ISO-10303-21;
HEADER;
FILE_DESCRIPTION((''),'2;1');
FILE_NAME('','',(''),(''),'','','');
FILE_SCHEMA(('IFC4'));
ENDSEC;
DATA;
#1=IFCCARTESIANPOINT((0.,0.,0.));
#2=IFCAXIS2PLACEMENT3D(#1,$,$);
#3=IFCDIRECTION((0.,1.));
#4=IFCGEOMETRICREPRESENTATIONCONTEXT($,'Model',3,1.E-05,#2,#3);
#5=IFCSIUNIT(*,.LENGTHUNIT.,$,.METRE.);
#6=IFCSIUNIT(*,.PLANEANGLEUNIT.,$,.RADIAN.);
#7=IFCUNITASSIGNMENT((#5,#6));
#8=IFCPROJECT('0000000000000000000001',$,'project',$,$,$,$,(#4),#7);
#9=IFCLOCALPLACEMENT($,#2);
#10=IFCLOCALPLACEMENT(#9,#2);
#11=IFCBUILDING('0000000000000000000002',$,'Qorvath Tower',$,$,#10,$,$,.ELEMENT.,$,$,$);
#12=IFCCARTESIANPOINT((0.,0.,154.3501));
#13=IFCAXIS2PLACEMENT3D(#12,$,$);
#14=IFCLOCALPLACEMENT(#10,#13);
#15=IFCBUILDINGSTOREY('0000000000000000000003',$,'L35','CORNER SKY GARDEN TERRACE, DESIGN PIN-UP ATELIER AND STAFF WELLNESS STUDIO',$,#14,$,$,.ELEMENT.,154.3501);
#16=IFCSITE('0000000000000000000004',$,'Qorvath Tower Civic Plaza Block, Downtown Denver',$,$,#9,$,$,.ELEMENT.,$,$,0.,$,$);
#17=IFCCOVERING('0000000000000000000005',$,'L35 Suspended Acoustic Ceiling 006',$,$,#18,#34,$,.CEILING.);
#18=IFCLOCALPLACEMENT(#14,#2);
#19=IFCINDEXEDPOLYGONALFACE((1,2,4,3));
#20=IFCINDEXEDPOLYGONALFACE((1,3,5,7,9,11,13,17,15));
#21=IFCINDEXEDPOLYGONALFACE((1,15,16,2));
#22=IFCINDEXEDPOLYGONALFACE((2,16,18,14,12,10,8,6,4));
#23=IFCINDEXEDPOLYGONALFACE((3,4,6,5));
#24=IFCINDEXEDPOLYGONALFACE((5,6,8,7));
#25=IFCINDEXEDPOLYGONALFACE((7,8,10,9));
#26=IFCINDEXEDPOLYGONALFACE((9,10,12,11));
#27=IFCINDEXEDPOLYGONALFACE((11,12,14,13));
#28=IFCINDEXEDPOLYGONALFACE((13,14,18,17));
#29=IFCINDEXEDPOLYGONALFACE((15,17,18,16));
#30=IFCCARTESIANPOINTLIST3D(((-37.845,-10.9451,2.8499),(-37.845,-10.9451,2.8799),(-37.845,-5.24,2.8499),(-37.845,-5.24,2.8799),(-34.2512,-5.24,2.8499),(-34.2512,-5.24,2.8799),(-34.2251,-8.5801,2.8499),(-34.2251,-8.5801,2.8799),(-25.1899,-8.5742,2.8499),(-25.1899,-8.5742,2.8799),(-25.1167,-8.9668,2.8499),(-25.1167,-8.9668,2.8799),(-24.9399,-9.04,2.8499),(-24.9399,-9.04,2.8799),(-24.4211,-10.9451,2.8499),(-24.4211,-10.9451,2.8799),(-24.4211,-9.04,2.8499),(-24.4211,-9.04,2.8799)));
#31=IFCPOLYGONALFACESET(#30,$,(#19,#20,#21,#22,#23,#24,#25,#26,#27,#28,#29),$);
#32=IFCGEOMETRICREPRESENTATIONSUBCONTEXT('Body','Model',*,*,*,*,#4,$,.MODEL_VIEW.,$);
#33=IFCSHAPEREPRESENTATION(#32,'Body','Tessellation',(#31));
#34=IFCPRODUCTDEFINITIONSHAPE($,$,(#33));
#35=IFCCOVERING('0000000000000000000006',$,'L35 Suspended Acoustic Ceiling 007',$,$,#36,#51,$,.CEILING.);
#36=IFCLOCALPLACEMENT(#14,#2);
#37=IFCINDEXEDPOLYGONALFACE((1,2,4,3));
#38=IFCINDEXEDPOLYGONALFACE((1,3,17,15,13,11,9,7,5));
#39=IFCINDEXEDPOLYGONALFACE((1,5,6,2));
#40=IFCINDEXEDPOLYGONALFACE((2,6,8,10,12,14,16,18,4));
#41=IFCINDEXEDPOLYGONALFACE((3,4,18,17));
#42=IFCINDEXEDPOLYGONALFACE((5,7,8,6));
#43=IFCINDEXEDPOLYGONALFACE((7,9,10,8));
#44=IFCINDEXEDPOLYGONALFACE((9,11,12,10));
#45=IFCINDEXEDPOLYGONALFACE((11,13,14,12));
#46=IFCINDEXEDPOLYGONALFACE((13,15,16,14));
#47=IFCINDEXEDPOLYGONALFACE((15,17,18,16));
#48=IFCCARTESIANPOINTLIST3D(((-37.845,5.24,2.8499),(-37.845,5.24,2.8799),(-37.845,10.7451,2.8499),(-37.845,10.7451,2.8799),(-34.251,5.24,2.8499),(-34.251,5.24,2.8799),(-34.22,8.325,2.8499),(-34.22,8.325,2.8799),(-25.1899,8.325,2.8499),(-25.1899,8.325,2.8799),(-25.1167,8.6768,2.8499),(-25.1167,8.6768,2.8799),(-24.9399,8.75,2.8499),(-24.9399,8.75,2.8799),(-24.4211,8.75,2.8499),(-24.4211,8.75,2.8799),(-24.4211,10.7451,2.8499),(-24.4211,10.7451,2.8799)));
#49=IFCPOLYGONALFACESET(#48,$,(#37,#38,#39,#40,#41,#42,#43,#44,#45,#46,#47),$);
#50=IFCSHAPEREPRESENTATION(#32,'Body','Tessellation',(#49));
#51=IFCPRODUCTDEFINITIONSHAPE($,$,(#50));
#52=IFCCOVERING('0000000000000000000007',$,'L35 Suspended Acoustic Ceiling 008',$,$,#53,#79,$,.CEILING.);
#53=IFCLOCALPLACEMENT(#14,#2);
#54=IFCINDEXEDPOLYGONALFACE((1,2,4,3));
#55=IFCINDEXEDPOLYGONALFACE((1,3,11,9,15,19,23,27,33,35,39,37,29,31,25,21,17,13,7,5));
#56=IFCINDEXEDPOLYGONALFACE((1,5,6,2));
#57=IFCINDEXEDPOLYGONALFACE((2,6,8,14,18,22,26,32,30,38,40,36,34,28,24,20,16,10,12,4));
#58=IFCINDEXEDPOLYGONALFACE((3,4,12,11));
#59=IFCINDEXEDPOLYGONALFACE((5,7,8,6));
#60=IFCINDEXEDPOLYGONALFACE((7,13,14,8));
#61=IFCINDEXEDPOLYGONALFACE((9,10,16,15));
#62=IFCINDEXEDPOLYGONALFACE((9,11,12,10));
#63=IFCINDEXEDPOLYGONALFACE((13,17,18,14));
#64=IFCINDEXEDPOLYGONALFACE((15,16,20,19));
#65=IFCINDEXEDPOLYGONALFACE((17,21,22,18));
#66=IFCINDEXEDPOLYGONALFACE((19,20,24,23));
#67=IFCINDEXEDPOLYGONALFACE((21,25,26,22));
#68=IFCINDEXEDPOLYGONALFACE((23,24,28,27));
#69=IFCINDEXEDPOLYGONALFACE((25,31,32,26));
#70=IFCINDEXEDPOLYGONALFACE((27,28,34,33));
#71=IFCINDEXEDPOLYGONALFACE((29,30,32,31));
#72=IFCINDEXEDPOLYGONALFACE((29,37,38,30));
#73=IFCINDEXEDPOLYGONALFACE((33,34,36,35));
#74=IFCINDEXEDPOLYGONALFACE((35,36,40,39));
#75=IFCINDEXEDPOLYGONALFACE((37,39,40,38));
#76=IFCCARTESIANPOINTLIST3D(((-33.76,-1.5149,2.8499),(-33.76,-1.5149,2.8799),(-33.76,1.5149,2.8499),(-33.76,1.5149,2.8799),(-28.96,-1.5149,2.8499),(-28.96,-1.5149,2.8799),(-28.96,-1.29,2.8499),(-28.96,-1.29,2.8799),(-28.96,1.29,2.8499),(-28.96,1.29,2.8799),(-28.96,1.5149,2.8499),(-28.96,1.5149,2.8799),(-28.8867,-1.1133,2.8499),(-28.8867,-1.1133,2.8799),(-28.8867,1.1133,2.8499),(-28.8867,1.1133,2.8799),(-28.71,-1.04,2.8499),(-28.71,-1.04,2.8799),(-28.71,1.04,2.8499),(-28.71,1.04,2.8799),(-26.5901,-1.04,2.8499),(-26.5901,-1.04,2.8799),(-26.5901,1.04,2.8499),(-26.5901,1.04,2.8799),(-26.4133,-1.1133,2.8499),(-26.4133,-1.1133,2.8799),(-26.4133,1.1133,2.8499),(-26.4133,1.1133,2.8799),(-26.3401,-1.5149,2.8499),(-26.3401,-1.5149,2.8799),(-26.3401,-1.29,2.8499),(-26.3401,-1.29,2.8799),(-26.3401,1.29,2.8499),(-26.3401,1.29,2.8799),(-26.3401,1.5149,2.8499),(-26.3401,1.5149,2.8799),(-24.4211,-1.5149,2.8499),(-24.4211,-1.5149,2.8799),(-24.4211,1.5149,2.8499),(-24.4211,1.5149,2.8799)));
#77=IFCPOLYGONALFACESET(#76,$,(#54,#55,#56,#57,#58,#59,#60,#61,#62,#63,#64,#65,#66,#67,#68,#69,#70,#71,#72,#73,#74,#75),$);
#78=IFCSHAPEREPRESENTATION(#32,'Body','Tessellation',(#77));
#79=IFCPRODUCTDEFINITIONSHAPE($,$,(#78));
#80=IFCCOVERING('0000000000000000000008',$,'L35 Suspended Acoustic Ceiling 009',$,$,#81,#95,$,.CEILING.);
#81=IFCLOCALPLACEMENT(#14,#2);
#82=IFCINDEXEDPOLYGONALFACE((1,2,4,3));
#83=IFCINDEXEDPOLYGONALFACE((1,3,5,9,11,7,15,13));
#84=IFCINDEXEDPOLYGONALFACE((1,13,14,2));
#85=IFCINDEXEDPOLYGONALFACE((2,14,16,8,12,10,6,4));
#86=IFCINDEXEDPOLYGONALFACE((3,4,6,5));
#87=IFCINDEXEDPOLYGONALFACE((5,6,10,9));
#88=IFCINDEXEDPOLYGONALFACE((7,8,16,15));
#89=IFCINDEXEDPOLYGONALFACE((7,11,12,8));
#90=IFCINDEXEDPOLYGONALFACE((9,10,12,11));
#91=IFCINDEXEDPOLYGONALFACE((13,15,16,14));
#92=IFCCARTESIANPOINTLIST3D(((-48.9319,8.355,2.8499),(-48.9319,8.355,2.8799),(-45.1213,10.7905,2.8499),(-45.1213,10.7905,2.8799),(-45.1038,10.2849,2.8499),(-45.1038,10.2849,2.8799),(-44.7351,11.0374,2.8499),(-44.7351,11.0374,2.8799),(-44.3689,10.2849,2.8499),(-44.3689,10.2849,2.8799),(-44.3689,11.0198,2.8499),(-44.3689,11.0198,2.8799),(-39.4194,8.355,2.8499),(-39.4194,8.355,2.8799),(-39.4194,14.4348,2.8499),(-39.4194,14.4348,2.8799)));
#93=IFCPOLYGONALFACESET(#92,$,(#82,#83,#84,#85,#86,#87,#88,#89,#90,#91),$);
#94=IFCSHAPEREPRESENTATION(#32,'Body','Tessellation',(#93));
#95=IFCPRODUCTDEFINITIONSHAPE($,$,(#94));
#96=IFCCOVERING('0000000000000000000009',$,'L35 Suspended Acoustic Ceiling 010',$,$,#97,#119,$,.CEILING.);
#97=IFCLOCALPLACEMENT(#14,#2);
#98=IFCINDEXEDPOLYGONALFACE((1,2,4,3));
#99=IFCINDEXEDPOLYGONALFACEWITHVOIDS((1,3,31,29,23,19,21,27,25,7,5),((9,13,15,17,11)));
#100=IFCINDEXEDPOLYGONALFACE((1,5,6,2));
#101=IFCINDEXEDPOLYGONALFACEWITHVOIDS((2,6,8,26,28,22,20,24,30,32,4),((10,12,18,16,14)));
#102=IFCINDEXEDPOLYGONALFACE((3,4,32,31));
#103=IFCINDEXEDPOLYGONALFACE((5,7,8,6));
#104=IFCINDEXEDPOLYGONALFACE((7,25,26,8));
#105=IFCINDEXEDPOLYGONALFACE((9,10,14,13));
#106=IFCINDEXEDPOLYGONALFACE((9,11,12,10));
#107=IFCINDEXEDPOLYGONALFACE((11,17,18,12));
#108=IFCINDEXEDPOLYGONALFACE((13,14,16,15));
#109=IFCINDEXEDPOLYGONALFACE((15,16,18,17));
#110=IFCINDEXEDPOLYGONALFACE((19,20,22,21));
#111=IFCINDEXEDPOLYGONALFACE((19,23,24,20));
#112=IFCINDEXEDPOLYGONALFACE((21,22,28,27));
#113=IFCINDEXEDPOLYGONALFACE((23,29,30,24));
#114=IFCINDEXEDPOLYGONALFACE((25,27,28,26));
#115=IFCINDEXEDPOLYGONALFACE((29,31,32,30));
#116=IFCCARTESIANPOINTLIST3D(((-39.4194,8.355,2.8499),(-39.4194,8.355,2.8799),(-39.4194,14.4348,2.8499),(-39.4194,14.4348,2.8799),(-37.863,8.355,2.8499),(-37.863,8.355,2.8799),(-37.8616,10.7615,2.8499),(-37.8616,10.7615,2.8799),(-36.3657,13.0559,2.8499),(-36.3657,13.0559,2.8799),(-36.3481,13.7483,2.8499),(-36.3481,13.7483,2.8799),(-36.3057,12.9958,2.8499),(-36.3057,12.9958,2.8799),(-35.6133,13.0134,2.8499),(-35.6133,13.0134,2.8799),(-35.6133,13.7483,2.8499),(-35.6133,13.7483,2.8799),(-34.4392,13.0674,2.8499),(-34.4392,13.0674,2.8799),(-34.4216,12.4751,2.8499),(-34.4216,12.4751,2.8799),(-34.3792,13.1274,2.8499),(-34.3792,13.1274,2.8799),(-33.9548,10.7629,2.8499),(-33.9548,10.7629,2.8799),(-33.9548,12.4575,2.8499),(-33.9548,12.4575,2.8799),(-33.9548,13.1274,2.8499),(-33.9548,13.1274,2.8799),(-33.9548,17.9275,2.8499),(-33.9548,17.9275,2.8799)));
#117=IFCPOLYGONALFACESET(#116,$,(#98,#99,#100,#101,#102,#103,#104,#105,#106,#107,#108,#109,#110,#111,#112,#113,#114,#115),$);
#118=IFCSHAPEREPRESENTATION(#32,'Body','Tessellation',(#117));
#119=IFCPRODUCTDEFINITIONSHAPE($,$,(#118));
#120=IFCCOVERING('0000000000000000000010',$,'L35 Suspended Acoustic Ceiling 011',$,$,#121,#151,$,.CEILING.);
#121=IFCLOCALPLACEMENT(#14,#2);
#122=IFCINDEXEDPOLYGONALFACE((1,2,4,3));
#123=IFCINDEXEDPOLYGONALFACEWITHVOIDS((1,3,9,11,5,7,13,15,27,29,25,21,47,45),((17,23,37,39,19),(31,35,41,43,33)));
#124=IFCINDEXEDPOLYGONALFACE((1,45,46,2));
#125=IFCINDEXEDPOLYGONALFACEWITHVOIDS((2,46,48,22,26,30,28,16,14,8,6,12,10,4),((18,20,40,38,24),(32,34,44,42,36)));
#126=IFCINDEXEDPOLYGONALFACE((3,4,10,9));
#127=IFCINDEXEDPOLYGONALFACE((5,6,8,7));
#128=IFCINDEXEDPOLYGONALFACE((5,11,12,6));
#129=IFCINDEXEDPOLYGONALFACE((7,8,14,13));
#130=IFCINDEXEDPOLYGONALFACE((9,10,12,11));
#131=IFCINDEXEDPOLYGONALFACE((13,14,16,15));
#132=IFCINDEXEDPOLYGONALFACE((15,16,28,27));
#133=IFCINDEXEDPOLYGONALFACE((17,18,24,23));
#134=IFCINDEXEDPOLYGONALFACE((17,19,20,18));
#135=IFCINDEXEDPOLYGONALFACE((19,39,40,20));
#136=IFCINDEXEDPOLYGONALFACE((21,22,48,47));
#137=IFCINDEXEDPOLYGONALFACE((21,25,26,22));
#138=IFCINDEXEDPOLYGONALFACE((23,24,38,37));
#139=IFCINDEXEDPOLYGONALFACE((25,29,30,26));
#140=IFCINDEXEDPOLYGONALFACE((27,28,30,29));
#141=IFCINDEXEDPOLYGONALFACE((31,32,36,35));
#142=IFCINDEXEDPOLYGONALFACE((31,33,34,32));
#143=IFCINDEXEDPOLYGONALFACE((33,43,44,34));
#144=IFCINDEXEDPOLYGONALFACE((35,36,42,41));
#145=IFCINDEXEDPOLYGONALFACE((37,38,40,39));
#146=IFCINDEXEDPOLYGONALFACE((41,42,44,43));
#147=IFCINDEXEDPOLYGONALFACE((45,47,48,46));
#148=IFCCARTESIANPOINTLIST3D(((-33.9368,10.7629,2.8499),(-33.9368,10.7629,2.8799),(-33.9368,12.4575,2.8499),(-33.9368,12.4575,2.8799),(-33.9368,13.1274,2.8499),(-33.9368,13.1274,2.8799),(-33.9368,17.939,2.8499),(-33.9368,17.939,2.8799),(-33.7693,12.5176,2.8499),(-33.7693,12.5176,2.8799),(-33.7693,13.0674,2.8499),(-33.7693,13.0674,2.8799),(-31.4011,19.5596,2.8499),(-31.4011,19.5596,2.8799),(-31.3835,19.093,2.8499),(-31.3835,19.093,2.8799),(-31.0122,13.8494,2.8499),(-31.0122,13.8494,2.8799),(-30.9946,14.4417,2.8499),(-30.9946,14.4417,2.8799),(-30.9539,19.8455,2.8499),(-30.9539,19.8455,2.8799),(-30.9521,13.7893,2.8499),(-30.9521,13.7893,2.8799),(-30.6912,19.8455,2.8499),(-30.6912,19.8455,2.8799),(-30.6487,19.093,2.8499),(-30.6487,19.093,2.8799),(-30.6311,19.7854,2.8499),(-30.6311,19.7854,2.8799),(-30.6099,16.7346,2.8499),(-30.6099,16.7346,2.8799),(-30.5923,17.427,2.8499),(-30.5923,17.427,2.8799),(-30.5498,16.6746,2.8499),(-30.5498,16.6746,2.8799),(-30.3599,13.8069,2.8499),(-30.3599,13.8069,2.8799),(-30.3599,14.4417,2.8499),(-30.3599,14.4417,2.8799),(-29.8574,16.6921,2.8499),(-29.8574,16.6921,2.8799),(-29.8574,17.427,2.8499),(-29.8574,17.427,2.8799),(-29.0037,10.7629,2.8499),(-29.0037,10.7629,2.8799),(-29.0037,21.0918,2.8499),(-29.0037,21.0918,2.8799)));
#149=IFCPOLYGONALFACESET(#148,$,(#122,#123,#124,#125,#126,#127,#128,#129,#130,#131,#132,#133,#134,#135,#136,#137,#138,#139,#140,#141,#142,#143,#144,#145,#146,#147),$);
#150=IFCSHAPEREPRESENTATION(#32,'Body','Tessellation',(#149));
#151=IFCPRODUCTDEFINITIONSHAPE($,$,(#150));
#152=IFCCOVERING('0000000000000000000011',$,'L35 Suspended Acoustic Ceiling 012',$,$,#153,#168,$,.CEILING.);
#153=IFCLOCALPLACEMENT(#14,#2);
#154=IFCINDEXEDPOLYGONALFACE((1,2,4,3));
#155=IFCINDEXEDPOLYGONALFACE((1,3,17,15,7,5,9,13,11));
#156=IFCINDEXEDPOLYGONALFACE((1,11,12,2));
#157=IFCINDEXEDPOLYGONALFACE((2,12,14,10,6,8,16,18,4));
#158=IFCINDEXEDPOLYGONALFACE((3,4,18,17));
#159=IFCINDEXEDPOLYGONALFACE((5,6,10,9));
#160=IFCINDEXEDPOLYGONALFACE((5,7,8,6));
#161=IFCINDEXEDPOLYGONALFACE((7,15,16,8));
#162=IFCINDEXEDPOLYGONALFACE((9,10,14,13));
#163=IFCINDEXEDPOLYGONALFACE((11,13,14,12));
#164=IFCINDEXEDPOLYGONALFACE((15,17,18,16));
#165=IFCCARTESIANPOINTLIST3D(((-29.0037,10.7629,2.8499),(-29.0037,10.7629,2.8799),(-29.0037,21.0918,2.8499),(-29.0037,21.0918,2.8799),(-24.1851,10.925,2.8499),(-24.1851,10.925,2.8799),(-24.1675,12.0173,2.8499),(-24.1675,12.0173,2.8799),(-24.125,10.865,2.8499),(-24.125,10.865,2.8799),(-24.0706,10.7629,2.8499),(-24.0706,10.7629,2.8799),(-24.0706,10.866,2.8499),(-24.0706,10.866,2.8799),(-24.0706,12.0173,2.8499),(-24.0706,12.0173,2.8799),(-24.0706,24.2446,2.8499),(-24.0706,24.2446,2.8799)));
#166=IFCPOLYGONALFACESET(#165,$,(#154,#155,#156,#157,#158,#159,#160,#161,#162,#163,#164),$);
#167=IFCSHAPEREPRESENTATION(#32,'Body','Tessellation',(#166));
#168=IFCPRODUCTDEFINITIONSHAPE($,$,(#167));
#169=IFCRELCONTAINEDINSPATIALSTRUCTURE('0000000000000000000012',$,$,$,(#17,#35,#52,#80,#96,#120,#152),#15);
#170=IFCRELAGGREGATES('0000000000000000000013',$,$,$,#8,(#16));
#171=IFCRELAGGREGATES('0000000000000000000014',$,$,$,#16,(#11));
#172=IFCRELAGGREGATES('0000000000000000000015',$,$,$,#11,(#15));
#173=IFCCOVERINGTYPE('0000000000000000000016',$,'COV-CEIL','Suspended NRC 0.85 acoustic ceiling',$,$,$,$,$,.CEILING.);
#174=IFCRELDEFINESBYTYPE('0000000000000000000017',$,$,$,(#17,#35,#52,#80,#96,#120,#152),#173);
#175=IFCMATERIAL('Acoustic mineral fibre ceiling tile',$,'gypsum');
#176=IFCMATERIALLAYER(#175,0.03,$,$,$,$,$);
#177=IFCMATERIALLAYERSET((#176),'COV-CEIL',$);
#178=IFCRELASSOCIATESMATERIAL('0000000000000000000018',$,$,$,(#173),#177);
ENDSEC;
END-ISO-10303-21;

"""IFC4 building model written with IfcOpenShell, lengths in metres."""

from ifc_helpers import new_model, si_unit, direction, frame, origin, place, context, subcontext, project, spatial, polyline, outline, extrude, material, layer, layer_set, type_object, element, save


model = new_model("IFC4")

# Units and contexts
model_context = context("Model", 3, precision=1e-05, world=origin(), true_north=direction((0.0, 1.0)))
body_context = subcontext(model_context, "Body", "Model", "MODEL_VIEW")
ifc_project = project(units=[si_unit("LENGTHUNIT", "METRE"), si_unit("PLANEANGLEUNIT", "RADIAN")], contexts=[model_context])

# Site, building, storey
site_placement = place(None, origin())
site = spatial("IfcSite", under=ifc_project, at=site_placement, Name="Qorvath Tower Civic Plaza Block, Downtown Denver", CompositionType="ELEMENT", RefElevation=0.0)
building_placement = place(site_placement, origin())
building = spatial("IfcBuilding", under=site, at=building_placement, Name="Qorvath Tower", CompositionType="ELEMENT")
storey_placement = place(building_placement, frame((0.0, 0.0, 154.3501)))
storey = spatial("IfcBuildingStorey", under=building, at=storey_placement, Name="L35", Description="CORNER SKY GARDEN TERRACE, DESIGN PIN-UP ATELIER AND STAFF WELLNESS STUDIO", CompositionType="ELEMENT", Elevation=154.3501)

# Coverings
ifc_material_1 = material(Name="Acoustic mineral fibre ceiling tile", Category="gypsum")
ifc_layer_1 = layer(ifc_material_1, 0.03)
ifc_layer_set_1 = layer_set([ifc_layer_1], Name="COV-CEIL")
covering_type_1 = type_object("IfcCoveringType", Name="COV-CEIL", Description="Suspended NRC 0.85 acoustic ceiling", PredefinedType="CEILING", material=ifc_layer_set_1)
covering_1_placement = place(storey_placement, frame((0.0, 0.0, 2.8499)))
element("IfcCovering", 1, at=covering_1_placement, inside=storey, type_object=covering_type_1, Name="L35 Suspended Acoustic Ceiling 006", PredefinedType="CEILING", context=body_context, shape_type="SweptSolid", body=[
    extrude(outline(polyline([(-34.2251, -8.5801), (-34.2512, -5.24), (-37.845, -5.24), (-37.845, -10.9451), (-24.4211, -10.9451), (-24.4211, -9.04), (-24.9399, -9.04), (-25.1167, -8.9668), (-25.1899, -8.5742), (-34.2251, -8.5801)])), origin(), (0.0, 0.0, 1.0), 0.03),
])
covering_2_placement = place(storey_placement, frame((0.0, 0.0, 2.8499)))
element("IfcCovering", 2, at=covering_2_placement, inside=storey, type_object=covering_type_1, Name="L35 Suspended Acoustic Ceiling 007", PredefinedType="CEILING", context=body_context, shape_type="SweptSolid", body=[
    extrude(outline(polyline([(-24.4211, 8.75), (-24.4211, 10.7451), (-37.845, 10.7451), (-37.845, 5.24), (-34.251, 5.24), (-34.22, 8.325), (-25.1899, 8.325), (-25.1167, 8.6768), (-24.9399, 8.75), (-24.4211, 8.75)])), origin(), (0.0, 0.0, 1.0), 0.03),
])
covering_3_placement = place(storey_placement, frame((0.0, 0.0, 2.8499)))
element("IfcCovering", 3, at=covering_3_placement, inside=storey, type_object=covering_type_1, Name="L35 Suspended Acoustic Ceiling 008", PredefinedType="CEILING", context=body_context, shape_type="SweptSolid", body=[
    extrude(outline(polyline([(-24.4211, -1.5149), (-24.4211, 1.5149), (-26.3401, 1.5149), (-26.3401, 1.29), (-26.4133, 1.1133), (-26.5901, 1.04), (-28.71, 1.04), (-28.8867, 1.1133), (-28.96, 1.29), (-28.96, 1.5149), (-33.76, 1.5149), (-33.76, -1.5149), (-28.96, -1.5149), (-28.96, -1.29), (-28.8867, -1.1133), (-28.71, -1.04), (-26.5901, -1.04), (-26.4133, -1.1133), (-26.3401, -1.29), (-26.3401, -1.5149), (-24.4211, -1.5149)])), origin(), (0.0, 0.0, 1.0), 0.03),
])
covering_4_placement = place(storey_placement, frame((0.0, 0.0, 2.8499)))
element("IfcCovering", 4, at=covering_4_placement, inside=storey, type_object=covering_type_1, Name="L35 Suspended Acoustic Ceiling 009", PredefinedType="CEILING", context=body_context, shape_type="SweptSolid", body=[
    extrude(outline(polyline([(-39.4194, 8.355), (-39.4194, 14.4348), (-44.7351, 11.0374), (-44.3689, 11.0198), (-44.3689, 10.2849), (-45.1038, 10.2849), (-45.1213, 10.7905), (-48.9319, 8.355), (-39.4194, 8.355)])), origin(), (0.0, 0.0, 1.0), 0.03),
])
covering_5_placement = place(storey_placement, frame((0.0, 0.0, 2.8499)))
element("IfcCovering", 5, at=covering_5_placement, inside=storey, type_object=covering_type_1, Name="L35 Suspended Acoustic Ceiling 010", PredefinedType="CEILING", context=body_context, shape_type="SweptSolid", body=[
    extrude(outline(polyline([(-33.9548, 13.1274), (-33.9548, 17.9275), (-39.4194, 14.4348), (-39.4194, 8.355), (-37.863, 8.355), (-37.8616, 10.7615), (-33.9548, 10.7629), (-33.9548, 12.4575), (-34.4216, 12.4751), (-34.4392, 13.0674), (-34.3792, 13.1274), (-33.9548, 13.1274)]), holes=[polyline([(-36.3657, 13.0559), (-36.3481, 13.7483), (-35.6133, 13.7483), (-35.6133, 13.0134), (-36.3057, 12.9958), (-36.3657, 13.0559)])]), origin(), (0.0, 0.0, 1.0), 0.03),
])
covering_6_placement = place(storey_placement, frame((0.0, 0.0, 2.8499)))
element("IfcCovering", 6, at=covering_6_placement, inside=storey, type_object=covering_type_1, Name="L35 Suspended Acoustic Ceiling 011", PredefinedType="CEILING", context=body_context, shape_type="SweptSolid", body=[
    extrude(outline(polyline([(-29.0037, 10.7629), (-29.0037, 21.0918), (-30.9539, 19.8455), (-30.6912, 19.8455), (-30.6311, 19.7854), (-30.6487, 19.093), (-31.3835, 19.093), (-31.4011, 19.5596), (-33.9368, 17.939), (-33.9368, 13.1274), (-33.7693, 13.0674), (-33.7693, 12.5176), (-33.9368, 12.4575), (-33.9368, 10.7629), (-29.0037, 10.7629)]), holes=[polyline([(-30.6099, 16.7346), (-30.5923, 17.427), (-29.8574, 17.427), (-29.8574, 16.6921), (-30.5498, 16.6746), (-30.6099, 16.7346)]), polyline([(-31.0122, 13.8494), (-30.9946, 14.4417), (-30.3599, 14.4417), (-30.3599, 13.8069), (-30.9521, 13.7893), (-31.0122, 13.8494)])]), origin(), (0.0, 0.0, 1.0), 0.03),
])
covering_7_placement = place(storey_placement, frame((0.0, 0.0, 2.8499)))
element("IfcCovering", 7, at=covering_7_placement, inside=storey, type_object=covering_type_1, Name="L35 Suspended Acoustic Ceiling 012", PredefinedType="CEILING", context=body_context, shape_type="SweptSolid", body=[
    extrude(outline(polyline([(-24.0706, 10.7629), (-24.0706, 10.866), (-24.125, 10.865), (-24.1851, 10.925), (-24.1675, 12.0173), (-24.0706, 12.0173), (-24.0706, 24.2446), (-29.0037, 21.0918), (-29.0037, 10.7629), (-24.0706, 10.7629)])), origin(), (0.0, 0.0, 1.0), 0.03),
])

save(model, "model.ifc")
